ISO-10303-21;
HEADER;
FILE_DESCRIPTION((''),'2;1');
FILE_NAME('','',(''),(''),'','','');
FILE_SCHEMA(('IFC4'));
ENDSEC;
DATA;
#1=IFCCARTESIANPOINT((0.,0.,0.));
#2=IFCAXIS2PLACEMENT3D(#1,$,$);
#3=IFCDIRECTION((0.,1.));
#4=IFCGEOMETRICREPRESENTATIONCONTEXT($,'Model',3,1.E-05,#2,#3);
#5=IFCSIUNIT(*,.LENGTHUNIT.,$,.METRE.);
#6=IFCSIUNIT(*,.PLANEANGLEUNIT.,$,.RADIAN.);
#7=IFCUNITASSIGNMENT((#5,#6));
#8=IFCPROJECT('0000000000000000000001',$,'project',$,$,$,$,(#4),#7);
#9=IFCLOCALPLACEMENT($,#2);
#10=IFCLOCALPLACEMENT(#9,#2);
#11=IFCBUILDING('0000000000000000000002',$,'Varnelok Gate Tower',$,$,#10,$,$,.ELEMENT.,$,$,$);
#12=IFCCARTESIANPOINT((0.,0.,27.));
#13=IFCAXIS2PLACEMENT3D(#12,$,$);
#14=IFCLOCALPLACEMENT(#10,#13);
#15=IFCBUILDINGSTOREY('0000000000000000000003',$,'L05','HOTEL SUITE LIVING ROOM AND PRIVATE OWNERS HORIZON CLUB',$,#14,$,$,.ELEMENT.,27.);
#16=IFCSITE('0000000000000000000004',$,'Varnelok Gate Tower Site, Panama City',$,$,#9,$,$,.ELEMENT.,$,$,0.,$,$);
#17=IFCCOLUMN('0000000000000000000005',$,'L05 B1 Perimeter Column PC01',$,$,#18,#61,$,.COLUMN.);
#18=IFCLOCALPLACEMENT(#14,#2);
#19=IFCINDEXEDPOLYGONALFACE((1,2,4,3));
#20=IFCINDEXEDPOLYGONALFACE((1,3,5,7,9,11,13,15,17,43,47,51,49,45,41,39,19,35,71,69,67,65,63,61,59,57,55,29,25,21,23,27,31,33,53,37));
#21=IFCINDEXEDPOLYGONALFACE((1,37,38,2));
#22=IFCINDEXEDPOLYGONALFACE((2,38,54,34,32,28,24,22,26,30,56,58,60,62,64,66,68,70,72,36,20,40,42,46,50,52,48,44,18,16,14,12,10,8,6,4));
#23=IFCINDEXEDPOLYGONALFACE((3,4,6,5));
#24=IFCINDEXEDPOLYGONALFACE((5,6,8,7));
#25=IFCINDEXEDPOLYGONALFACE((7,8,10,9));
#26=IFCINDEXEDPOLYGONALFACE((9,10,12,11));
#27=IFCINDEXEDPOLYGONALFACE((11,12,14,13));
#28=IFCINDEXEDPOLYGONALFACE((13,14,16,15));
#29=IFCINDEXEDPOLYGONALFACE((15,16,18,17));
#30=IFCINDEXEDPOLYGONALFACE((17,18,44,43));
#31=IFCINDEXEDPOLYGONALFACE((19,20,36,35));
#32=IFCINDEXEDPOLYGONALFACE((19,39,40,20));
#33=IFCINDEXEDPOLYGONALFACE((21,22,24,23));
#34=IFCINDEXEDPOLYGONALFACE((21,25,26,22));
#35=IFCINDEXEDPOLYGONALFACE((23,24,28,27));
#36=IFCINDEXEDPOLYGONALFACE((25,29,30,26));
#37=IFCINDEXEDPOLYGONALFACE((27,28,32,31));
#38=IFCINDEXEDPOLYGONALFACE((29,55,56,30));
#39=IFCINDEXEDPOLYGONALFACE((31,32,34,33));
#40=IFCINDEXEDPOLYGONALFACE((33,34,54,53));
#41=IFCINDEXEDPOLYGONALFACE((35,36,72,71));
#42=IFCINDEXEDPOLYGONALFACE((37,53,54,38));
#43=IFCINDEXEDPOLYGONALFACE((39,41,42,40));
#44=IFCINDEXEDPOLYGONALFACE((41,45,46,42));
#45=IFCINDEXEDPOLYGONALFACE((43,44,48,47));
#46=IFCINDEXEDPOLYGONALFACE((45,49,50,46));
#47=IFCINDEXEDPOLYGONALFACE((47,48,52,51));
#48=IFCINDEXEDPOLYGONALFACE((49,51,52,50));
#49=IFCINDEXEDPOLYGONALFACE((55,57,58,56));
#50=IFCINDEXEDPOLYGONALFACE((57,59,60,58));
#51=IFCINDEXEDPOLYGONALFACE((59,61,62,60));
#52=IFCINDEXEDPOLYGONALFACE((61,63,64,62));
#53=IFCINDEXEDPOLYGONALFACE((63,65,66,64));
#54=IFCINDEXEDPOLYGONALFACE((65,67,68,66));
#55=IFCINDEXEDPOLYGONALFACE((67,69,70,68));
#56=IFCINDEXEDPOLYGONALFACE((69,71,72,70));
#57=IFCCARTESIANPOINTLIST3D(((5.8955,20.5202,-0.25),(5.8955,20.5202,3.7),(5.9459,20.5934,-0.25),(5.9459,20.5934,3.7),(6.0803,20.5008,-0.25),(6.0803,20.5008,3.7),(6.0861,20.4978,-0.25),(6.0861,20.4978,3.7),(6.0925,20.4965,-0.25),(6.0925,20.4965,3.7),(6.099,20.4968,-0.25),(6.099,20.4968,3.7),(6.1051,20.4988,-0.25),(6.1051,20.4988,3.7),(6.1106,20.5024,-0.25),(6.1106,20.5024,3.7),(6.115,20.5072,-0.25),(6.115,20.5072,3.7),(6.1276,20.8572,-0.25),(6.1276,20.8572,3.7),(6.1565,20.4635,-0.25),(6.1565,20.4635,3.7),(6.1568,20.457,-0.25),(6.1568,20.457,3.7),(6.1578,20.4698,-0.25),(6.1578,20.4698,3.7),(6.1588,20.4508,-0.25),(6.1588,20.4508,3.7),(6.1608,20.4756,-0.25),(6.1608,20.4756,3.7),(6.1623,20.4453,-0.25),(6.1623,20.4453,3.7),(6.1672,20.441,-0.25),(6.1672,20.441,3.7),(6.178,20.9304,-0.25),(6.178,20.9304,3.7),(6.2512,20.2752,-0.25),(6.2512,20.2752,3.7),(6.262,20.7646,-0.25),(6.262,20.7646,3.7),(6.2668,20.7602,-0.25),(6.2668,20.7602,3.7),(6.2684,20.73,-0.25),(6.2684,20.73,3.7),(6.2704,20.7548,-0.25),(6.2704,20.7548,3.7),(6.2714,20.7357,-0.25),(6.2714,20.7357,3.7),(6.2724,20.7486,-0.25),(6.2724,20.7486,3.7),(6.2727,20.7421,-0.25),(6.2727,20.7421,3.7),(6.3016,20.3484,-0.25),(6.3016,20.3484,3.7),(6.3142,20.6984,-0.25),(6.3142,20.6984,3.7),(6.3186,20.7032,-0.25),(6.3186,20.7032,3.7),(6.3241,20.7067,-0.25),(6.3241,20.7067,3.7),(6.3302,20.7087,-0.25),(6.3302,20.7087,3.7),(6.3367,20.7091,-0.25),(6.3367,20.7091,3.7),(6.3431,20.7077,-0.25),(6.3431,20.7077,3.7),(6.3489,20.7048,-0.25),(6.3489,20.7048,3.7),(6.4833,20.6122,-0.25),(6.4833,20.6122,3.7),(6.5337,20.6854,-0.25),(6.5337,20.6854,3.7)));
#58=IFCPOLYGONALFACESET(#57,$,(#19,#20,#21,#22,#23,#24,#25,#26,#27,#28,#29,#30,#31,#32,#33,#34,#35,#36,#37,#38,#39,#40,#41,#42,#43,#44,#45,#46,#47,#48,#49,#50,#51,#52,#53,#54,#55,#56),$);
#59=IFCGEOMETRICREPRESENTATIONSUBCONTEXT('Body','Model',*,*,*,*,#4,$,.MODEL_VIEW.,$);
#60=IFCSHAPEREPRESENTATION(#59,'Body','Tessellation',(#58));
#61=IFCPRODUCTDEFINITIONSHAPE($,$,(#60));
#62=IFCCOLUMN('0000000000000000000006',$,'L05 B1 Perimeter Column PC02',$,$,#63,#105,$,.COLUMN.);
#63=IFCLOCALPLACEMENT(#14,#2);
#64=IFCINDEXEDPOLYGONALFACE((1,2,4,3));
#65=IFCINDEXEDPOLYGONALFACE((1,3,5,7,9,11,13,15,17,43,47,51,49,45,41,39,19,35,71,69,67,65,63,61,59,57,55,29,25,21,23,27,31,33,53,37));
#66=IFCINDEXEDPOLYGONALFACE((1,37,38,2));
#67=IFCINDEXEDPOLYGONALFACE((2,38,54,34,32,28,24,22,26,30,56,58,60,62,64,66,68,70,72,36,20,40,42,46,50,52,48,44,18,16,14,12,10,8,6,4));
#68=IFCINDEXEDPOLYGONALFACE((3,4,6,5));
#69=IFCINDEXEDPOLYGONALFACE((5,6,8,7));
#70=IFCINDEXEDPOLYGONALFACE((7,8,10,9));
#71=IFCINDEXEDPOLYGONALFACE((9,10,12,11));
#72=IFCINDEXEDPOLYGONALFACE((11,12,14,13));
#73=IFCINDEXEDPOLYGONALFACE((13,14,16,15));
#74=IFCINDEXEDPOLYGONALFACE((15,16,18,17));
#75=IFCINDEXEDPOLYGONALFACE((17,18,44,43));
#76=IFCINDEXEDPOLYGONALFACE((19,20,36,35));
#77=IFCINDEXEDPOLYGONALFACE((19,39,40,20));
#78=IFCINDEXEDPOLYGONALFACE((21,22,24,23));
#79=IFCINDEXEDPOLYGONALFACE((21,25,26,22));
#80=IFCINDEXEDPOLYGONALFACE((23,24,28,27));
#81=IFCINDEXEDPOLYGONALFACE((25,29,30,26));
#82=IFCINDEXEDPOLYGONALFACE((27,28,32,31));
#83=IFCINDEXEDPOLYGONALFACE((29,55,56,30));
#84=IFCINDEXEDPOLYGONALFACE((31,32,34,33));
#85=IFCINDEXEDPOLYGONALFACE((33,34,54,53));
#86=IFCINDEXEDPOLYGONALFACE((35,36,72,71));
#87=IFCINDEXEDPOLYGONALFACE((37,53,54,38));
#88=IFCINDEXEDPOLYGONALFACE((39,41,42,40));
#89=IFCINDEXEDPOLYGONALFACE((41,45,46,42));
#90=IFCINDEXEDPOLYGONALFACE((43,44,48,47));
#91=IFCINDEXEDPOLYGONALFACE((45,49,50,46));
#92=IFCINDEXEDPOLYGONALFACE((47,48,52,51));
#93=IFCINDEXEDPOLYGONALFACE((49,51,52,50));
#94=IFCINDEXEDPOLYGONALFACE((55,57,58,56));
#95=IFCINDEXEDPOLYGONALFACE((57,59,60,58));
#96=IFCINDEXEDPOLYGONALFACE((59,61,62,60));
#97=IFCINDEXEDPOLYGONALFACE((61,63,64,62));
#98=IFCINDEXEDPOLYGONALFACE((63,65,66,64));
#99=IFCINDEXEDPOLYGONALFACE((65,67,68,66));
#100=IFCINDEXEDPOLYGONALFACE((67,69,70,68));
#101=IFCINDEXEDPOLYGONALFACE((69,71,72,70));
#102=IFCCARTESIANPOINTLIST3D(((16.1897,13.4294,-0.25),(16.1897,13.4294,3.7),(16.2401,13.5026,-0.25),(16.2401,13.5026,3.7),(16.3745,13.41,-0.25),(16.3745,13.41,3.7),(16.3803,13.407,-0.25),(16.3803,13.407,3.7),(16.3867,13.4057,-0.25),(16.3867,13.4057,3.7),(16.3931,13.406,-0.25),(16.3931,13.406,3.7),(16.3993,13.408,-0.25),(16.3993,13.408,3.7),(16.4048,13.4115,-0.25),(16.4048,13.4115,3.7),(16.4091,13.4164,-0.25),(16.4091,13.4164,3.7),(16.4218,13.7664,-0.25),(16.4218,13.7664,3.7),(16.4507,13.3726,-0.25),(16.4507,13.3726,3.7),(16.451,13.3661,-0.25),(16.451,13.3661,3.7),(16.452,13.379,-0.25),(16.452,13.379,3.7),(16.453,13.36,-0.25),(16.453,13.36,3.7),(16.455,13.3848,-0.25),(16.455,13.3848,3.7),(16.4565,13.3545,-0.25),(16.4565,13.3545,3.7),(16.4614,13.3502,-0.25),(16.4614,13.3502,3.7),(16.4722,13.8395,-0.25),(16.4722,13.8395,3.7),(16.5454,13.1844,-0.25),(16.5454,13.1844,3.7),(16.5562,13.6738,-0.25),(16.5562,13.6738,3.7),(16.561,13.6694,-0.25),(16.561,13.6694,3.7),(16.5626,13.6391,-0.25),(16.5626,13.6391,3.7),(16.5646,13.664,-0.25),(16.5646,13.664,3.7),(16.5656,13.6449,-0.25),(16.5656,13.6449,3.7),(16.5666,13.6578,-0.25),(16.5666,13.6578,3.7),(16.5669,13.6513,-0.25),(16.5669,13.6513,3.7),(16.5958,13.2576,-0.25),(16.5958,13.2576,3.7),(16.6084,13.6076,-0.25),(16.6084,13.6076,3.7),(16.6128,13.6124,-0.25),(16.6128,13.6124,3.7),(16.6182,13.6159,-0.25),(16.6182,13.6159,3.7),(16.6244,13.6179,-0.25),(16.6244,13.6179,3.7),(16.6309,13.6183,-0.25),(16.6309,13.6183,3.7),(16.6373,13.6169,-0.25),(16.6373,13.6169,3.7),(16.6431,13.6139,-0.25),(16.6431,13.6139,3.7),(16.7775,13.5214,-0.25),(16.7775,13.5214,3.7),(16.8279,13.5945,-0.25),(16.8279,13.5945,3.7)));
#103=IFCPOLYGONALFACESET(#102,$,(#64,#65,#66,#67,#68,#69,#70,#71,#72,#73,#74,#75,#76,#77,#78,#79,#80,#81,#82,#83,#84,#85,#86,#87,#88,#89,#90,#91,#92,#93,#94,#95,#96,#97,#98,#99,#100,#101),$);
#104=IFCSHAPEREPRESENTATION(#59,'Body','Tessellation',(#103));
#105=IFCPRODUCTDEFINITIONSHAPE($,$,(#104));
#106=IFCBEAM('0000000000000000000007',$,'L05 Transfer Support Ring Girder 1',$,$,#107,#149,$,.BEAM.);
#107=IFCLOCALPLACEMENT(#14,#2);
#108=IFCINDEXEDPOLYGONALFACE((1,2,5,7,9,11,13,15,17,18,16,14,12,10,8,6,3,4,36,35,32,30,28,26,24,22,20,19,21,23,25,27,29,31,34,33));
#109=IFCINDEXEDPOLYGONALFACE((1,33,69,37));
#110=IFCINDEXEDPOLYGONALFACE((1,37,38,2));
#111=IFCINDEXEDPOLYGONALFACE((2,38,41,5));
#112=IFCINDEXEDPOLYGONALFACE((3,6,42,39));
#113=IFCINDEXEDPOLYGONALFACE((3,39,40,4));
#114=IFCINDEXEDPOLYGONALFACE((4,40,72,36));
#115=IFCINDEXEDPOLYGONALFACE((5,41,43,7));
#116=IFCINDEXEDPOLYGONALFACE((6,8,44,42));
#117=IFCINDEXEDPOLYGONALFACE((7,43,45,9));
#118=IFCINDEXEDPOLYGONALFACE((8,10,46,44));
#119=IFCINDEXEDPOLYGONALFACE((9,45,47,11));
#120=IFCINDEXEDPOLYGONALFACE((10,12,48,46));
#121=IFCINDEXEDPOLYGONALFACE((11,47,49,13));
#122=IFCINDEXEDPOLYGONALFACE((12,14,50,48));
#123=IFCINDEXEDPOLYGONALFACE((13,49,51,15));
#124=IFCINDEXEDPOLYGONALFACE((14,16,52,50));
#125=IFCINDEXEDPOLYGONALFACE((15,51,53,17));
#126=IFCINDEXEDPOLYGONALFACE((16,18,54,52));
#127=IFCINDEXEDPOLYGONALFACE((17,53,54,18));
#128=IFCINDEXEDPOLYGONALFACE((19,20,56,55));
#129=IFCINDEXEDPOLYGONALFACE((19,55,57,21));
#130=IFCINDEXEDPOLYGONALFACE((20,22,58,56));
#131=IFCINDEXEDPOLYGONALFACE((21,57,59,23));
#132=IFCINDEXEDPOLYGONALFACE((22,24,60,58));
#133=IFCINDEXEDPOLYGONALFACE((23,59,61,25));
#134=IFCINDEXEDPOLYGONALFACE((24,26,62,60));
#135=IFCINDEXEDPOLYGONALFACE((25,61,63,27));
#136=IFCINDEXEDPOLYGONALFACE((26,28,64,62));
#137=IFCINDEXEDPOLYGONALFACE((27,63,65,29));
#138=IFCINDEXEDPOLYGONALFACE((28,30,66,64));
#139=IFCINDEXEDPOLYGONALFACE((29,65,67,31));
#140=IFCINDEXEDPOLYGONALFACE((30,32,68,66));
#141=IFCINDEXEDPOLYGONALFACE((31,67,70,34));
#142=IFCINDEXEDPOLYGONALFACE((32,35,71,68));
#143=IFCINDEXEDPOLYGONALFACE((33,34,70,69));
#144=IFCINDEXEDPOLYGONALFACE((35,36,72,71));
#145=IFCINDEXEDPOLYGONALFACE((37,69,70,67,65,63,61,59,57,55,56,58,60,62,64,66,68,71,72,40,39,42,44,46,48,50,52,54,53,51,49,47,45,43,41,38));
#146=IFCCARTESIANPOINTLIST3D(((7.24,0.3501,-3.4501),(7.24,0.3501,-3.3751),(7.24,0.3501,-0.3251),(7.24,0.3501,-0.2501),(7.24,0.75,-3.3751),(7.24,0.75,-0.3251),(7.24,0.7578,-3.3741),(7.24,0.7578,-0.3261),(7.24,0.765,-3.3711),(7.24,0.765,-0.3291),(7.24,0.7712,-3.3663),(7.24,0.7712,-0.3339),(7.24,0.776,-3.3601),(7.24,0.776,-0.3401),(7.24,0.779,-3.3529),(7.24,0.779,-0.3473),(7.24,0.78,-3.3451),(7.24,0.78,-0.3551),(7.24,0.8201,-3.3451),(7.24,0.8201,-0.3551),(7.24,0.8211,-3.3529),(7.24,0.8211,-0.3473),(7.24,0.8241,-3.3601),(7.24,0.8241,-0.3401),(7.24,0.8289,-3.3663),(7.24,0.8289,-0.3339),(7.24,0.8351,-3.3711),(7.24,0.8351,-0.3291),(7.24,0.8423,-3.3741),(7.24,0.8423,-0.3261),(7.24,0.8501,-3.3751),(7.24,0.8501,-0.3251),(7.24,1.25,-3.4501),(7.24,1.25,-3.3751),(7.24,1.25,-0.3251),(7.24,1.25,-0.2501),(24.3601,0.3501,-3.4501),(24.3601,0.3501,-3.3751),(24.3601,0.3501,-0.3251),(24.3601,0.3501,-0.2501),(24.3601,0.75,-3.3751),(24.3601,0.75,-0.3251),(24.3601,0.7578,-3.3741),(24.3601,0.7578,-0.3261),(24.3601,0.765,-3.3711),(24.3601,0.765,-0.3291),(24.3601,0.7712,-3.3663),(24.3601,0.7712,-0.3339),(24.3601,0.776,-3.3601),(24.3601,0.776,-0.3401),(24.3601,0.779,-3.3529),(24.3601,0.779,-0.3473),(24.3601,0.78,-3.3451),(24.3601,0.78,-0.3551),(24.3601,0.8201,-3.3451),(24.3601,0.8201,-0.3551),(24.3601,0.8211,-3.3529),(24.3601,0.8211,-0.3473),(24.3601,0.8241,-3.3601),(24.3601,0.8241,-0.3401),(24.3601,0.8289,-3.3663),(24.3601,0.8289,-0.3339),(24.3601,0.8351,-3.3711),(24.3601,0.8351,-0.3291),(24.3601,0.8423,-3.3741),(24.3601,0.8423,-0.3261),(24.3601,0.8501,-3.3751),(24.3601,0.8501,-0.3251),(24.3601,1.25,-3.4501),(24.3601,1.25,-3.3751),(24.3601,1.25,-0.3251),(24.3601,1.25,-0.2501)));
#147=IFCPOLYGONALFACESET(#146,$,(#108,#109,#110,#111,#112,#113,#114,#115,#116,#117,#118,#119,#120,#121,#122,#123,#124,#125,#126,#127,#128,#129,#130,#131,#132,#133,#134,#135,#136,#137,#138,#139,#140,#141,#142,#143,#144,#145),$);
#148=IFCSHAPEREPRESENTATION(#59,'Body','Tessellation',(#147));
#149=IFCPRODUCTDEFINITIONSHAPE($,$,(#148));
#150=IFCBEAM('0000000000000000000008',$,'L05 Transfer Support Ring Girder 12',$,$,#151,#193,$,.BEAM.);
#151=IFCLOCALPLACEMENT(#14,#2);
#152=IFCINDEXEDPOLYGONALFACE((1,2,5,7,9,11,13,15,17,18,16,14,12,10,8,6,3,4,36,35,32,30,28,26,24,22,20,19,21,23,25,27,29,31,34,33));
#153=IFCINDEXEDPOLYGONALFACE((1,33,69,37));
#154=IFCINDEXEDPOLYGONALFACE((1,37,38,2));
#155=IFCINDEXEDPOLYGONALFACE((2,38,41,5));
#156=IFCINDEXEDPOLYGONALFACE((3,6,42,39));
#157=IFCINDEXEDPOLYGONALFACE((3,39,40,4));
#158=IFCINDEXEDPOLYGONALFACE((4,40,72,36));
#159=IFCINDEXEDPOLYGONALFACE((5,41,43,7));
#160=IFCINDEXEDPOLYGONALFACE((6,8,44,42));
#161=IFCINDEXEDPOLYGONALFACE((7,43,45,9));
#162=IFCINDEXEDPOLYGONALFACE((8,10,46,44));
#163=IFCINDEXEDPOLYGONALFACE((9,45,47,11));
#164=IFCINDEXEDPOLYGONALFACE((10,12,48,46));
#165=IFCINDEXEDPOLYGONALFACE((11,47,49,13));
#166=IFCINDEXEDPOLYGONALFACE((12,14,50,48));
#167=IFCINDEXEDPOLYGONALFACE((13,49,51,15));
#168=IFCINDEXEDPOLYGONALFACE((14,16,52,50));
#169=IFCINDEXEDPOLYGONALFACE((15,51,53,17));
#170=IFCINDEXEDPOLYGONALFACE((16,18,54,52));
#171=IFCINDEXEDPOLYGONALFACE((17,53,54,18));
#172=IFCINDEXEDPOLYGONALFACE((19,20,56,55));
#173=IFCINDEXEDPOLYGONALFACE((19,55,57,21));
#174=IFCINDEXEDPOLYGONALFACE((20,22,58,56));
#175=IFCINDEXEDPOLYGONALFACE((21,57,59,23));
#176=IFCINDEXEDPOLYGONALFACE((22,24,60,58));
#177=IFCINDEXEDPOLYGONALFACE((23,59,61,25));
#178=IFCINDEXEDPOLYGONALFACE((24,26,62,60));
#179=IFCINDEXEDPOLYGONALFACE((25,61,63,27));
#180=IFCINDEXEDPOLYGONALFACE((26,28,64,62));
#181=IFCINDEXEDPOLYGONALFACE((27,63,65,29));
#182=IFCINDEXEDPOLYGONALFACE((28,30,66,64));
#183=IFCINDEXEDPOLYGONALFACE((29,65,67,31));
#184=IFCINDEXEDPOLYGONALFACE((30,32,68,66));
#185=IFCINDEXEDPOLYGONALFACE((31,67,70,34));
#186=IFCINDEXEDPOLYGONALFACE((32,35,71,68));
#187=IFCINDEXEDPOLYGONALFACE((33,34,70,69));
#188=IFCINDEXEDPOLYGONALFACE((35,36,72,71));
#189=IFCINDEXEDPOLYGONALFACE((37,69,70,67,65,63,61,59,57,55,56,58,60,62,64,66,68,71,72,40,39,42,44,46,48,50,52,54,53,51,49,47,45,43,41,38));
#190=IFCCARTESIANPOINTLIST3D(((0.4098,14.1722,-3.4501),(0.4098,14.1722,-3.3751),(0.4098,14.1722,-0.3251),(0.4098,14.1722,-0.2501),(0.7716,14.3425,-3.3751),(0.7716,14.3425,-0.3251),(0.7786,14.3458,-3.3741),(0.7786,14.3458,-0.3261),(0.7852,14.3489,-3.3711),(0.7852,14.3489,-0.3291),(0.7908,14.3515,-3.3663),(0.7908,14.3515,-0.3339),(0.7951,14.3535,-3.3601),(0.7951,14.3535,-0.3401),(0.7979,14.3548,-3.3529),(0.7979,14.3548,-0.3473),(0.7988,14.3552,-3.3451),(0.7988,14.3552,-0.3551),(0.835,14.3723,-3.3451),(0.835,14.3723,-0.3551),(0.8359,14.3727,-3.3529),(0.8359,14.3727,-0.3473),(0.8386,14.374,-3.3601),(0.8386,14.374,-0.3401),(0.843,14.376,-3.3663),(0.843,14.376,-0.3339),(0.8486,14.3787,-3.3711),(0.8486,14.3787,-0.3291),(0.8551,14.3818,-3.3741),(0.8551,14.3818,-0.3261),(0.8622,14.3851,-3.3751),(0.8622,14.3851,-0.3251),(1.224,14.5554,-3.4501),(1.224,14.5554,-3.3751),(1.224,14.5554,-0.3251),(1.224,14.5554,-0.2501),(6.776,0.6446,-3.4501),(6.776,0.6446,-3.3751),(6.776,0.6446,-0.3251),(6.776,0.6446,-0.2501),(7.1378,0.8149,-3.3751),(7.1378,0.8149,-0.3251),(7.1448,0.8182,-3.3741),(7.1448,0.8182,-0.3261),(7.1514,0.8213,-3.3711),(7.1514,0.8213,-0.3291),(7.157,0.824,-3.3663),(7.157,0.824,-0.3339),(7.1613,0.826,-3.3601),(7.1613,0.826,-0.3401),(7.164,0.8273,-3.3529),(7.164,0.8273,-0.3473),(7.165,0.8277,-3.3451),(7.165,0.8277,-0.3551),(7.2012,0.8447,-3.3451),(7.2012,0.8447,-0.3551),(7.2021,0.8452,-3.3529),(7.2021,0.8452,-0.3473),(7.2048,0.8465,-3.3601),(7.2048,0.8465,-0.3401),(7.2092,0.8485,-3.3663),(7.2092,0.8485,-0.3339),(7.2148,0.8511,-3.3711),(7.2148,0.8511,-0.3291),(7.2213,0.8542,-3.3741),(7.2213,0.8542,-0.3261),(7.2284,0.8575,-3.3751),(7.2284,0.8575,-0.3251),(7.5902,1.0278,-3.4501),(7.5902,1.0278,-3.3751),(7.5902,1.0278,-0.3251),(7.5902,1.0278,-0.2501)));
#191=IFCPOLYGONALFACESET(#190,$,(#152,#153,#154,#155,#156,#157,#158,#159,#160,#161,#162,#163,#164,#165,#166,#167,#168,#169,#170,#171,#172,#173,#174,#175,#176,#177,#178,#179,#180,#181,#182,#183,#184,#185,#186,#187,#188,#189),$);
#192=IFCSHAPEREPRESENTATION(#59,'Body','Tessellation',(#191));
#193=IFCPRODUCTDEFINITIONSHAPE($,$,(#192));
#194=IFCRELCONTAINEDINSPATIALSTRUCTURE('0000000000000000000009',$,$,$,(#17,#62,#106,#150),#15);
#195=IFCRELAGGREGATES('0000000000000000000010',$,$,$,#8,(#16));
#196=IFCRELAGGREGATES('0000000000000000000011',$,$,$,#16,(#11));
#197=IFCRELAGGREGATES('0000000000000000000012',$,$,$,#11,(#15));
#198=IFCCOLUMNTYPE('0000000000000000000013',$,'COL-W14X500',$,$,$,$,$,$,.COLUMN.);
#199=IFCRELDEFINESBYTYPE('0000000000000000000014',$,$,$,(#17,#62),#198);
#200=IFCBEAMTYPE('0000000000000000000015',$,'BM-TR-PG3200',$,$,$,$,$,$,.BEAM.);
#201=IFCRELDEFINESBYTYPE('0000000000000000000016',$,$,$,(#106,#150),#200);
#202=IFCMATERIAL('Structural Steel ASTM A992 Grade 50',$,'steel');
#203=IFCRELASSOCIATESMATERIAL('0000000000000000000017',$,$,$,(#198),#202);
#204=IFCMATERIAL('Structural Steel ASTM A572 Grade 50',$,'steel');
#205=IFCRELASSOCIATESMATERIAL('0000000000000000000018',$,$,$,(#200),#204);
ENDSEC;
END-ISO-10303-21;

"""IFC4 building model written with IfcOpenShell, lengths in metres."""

from ifc_helpers import new_model, si_unit, direction, frame, origin, origin_2d, place, context, subcontext, project, spatial, i_section, extrude, material, material_profile, profile_set, type_object, element, save


model = new_model("IFC4")

# Units and contexts
model_context = context("Model", 3, precision=1e-05, world=origin(), true_north=direction((0.0, 1.0)))
body_context = subcontext(model_context, "Body", "Model", "MODEL_VIEW")
ifc_project = project(units=[si_unit("LENGTHUNIT", "METRE"), si_unit("PLANEANGLEUNIT", "RADIAN")], contexts=[model_context])

# Site, building, storey
site_placement = place(None, origin())
site = spatial("IfcSite", under=ifc_project, at=site_placement, Name="Varnelok Gate Tower Site, Panama City", CompositionType="ELEMENT", RefElevation=0.0)
building_placement = place(site_placement, origin())
building = spatial("IfcBuilding", under=site, at=building_placement, Name="Varnelok Gate Tower", CompositionType="ELEMENT")
storey_placement = place(building_placement, frame((0.0, 0.0, 27.0)))
storey = spatial("IfcBuildingStorey", under=building, at=storey_placement, Name="L05", Description="HOTEL SUITE LIVING ROOM AND PRIVATE OWNERS HORIZON CLUB", CompositionType="ELEMENT", Elevation=27.0)

# Columns
ifc_material_1 = material(Name="Structural Steel ASTM A992 Grade 50", Category="steel")
ifc_material_profile_1 = material_profile(ifc_material_1, i_section(OverallWidth=0.4319, OverallDepth=0.498, WebThickness=0.0557, FlangeThickness=0.0889, FilletRadius=0.0249, at=origin_2d()), Name="W14X500")
ifc_profile_set_1 = profile_set([ifc_material_profile_1], Name="Structural Steel ASTM A992 Grade 50")
column_type = type_object("IfcColumnType", Name="COL-W14X500", PredefinedType="COLUMN", material=ifc_profile_set_1)
for number, where, z_axis, x_axis, name in (
    (1, (6.2146, 20.6028, -0.25), (0.0, 0.0, 1.0), (0.823533, -0.567269, 0.0), "L05 B1 Perimeter Column PC01"),
    (2, (16.5088, 13.512, -0.25), (0.0, 0.0, 1.0), (0.823533, -0.567269, 0.0), "L05 B1 Perimeter Column PC02"),
):
    element("IfcColumn", number, at=place(storey_placement, frame(where, z_axis=z_axis, x_axis=x_axis)), inside=storey, type_object=column_type, Name=name, PredefinedType="COLUMN", context=body_context, shape_type="SweptSolid", body=[
        extrude(i_section(OverallWidth=0.4319, OverallDepth=0.498, WebThickness=0.0557, FlangeThickness=0.0889, FilletRadius=0.0249, at=origin_2d()), origin(), (0.0, 0.0, 1.0), 3.95),
    ])

# Beams
ifc_material_2 = material(Name="Structural Steel ASTM A572 Grade 50", Category="steel")
ifc_material_profile_2 = material_profile(ifc_material_2, i_section(OverallWidth=0.8999, OverallDepth=3.2, WebThickness=0.04, FlangeThickness=0.075, FilletRadius=0.03, at=origin_2d()), Name="PG3200X900")
ifc_profile_set_2 = profile_set([ifc_material_profile_2], Name="Structural Steel ASTM A572 Grade 50")
beam_type = type_object("IfcBeamType", Name="BM-TR-PG3200", PredefinedType="BEAM", material=ifc_profile_set_2)
beam_1_placement = place(storey_placement, frame((7.24, 0.8, -1.8501), z_axis=(1.0, 0.0, 0.0), x_axis=(0.0, 1.0, 0.0)))
element("IfcBeam", 3, at=beam_1_placement, inside=storey, type_object=beam_type, Name="L05 Transfer Support Ring Girder 1", PredefinedType="BEAM", context=body_context, shape_type="SweptSolid", body=[
    extrude(i_section(OverallWidth=0.8999, OverallDepth=3.2, WebThickness=0.04, FlangeThickness=0.075, FilletRadius=0.03, at=origin_2d()), origin(), (0.0, 0.0, 1.0), 17.1201),
])
beam_2_placement = place(storey_placement, frame((0.8169, 14.3638, -1.8501), z_axis=(0.425813, -0.904811, 0.0), x_axis=(0.904811, 0.425813, 0.0)))
element("IfcBeam", 4, at=beam_2_placement, inside=storey, type_object=beam_type, Name="L05 Transfer Support Ring Girder 12", PredefinedType="BEAM", context=body_context, shape_type="SweptSolid", body=[
    extrude(i_section(OverallWidth=0.8999, OverallDepth=3.2, WebThickness=0.04, FlangeThickness=0.075, FilletRadius=0.03, at=origin_2d()), origin(), (0.0, 0.0, 1.0), 14.9507),
])

save(model, "model.ifc")
